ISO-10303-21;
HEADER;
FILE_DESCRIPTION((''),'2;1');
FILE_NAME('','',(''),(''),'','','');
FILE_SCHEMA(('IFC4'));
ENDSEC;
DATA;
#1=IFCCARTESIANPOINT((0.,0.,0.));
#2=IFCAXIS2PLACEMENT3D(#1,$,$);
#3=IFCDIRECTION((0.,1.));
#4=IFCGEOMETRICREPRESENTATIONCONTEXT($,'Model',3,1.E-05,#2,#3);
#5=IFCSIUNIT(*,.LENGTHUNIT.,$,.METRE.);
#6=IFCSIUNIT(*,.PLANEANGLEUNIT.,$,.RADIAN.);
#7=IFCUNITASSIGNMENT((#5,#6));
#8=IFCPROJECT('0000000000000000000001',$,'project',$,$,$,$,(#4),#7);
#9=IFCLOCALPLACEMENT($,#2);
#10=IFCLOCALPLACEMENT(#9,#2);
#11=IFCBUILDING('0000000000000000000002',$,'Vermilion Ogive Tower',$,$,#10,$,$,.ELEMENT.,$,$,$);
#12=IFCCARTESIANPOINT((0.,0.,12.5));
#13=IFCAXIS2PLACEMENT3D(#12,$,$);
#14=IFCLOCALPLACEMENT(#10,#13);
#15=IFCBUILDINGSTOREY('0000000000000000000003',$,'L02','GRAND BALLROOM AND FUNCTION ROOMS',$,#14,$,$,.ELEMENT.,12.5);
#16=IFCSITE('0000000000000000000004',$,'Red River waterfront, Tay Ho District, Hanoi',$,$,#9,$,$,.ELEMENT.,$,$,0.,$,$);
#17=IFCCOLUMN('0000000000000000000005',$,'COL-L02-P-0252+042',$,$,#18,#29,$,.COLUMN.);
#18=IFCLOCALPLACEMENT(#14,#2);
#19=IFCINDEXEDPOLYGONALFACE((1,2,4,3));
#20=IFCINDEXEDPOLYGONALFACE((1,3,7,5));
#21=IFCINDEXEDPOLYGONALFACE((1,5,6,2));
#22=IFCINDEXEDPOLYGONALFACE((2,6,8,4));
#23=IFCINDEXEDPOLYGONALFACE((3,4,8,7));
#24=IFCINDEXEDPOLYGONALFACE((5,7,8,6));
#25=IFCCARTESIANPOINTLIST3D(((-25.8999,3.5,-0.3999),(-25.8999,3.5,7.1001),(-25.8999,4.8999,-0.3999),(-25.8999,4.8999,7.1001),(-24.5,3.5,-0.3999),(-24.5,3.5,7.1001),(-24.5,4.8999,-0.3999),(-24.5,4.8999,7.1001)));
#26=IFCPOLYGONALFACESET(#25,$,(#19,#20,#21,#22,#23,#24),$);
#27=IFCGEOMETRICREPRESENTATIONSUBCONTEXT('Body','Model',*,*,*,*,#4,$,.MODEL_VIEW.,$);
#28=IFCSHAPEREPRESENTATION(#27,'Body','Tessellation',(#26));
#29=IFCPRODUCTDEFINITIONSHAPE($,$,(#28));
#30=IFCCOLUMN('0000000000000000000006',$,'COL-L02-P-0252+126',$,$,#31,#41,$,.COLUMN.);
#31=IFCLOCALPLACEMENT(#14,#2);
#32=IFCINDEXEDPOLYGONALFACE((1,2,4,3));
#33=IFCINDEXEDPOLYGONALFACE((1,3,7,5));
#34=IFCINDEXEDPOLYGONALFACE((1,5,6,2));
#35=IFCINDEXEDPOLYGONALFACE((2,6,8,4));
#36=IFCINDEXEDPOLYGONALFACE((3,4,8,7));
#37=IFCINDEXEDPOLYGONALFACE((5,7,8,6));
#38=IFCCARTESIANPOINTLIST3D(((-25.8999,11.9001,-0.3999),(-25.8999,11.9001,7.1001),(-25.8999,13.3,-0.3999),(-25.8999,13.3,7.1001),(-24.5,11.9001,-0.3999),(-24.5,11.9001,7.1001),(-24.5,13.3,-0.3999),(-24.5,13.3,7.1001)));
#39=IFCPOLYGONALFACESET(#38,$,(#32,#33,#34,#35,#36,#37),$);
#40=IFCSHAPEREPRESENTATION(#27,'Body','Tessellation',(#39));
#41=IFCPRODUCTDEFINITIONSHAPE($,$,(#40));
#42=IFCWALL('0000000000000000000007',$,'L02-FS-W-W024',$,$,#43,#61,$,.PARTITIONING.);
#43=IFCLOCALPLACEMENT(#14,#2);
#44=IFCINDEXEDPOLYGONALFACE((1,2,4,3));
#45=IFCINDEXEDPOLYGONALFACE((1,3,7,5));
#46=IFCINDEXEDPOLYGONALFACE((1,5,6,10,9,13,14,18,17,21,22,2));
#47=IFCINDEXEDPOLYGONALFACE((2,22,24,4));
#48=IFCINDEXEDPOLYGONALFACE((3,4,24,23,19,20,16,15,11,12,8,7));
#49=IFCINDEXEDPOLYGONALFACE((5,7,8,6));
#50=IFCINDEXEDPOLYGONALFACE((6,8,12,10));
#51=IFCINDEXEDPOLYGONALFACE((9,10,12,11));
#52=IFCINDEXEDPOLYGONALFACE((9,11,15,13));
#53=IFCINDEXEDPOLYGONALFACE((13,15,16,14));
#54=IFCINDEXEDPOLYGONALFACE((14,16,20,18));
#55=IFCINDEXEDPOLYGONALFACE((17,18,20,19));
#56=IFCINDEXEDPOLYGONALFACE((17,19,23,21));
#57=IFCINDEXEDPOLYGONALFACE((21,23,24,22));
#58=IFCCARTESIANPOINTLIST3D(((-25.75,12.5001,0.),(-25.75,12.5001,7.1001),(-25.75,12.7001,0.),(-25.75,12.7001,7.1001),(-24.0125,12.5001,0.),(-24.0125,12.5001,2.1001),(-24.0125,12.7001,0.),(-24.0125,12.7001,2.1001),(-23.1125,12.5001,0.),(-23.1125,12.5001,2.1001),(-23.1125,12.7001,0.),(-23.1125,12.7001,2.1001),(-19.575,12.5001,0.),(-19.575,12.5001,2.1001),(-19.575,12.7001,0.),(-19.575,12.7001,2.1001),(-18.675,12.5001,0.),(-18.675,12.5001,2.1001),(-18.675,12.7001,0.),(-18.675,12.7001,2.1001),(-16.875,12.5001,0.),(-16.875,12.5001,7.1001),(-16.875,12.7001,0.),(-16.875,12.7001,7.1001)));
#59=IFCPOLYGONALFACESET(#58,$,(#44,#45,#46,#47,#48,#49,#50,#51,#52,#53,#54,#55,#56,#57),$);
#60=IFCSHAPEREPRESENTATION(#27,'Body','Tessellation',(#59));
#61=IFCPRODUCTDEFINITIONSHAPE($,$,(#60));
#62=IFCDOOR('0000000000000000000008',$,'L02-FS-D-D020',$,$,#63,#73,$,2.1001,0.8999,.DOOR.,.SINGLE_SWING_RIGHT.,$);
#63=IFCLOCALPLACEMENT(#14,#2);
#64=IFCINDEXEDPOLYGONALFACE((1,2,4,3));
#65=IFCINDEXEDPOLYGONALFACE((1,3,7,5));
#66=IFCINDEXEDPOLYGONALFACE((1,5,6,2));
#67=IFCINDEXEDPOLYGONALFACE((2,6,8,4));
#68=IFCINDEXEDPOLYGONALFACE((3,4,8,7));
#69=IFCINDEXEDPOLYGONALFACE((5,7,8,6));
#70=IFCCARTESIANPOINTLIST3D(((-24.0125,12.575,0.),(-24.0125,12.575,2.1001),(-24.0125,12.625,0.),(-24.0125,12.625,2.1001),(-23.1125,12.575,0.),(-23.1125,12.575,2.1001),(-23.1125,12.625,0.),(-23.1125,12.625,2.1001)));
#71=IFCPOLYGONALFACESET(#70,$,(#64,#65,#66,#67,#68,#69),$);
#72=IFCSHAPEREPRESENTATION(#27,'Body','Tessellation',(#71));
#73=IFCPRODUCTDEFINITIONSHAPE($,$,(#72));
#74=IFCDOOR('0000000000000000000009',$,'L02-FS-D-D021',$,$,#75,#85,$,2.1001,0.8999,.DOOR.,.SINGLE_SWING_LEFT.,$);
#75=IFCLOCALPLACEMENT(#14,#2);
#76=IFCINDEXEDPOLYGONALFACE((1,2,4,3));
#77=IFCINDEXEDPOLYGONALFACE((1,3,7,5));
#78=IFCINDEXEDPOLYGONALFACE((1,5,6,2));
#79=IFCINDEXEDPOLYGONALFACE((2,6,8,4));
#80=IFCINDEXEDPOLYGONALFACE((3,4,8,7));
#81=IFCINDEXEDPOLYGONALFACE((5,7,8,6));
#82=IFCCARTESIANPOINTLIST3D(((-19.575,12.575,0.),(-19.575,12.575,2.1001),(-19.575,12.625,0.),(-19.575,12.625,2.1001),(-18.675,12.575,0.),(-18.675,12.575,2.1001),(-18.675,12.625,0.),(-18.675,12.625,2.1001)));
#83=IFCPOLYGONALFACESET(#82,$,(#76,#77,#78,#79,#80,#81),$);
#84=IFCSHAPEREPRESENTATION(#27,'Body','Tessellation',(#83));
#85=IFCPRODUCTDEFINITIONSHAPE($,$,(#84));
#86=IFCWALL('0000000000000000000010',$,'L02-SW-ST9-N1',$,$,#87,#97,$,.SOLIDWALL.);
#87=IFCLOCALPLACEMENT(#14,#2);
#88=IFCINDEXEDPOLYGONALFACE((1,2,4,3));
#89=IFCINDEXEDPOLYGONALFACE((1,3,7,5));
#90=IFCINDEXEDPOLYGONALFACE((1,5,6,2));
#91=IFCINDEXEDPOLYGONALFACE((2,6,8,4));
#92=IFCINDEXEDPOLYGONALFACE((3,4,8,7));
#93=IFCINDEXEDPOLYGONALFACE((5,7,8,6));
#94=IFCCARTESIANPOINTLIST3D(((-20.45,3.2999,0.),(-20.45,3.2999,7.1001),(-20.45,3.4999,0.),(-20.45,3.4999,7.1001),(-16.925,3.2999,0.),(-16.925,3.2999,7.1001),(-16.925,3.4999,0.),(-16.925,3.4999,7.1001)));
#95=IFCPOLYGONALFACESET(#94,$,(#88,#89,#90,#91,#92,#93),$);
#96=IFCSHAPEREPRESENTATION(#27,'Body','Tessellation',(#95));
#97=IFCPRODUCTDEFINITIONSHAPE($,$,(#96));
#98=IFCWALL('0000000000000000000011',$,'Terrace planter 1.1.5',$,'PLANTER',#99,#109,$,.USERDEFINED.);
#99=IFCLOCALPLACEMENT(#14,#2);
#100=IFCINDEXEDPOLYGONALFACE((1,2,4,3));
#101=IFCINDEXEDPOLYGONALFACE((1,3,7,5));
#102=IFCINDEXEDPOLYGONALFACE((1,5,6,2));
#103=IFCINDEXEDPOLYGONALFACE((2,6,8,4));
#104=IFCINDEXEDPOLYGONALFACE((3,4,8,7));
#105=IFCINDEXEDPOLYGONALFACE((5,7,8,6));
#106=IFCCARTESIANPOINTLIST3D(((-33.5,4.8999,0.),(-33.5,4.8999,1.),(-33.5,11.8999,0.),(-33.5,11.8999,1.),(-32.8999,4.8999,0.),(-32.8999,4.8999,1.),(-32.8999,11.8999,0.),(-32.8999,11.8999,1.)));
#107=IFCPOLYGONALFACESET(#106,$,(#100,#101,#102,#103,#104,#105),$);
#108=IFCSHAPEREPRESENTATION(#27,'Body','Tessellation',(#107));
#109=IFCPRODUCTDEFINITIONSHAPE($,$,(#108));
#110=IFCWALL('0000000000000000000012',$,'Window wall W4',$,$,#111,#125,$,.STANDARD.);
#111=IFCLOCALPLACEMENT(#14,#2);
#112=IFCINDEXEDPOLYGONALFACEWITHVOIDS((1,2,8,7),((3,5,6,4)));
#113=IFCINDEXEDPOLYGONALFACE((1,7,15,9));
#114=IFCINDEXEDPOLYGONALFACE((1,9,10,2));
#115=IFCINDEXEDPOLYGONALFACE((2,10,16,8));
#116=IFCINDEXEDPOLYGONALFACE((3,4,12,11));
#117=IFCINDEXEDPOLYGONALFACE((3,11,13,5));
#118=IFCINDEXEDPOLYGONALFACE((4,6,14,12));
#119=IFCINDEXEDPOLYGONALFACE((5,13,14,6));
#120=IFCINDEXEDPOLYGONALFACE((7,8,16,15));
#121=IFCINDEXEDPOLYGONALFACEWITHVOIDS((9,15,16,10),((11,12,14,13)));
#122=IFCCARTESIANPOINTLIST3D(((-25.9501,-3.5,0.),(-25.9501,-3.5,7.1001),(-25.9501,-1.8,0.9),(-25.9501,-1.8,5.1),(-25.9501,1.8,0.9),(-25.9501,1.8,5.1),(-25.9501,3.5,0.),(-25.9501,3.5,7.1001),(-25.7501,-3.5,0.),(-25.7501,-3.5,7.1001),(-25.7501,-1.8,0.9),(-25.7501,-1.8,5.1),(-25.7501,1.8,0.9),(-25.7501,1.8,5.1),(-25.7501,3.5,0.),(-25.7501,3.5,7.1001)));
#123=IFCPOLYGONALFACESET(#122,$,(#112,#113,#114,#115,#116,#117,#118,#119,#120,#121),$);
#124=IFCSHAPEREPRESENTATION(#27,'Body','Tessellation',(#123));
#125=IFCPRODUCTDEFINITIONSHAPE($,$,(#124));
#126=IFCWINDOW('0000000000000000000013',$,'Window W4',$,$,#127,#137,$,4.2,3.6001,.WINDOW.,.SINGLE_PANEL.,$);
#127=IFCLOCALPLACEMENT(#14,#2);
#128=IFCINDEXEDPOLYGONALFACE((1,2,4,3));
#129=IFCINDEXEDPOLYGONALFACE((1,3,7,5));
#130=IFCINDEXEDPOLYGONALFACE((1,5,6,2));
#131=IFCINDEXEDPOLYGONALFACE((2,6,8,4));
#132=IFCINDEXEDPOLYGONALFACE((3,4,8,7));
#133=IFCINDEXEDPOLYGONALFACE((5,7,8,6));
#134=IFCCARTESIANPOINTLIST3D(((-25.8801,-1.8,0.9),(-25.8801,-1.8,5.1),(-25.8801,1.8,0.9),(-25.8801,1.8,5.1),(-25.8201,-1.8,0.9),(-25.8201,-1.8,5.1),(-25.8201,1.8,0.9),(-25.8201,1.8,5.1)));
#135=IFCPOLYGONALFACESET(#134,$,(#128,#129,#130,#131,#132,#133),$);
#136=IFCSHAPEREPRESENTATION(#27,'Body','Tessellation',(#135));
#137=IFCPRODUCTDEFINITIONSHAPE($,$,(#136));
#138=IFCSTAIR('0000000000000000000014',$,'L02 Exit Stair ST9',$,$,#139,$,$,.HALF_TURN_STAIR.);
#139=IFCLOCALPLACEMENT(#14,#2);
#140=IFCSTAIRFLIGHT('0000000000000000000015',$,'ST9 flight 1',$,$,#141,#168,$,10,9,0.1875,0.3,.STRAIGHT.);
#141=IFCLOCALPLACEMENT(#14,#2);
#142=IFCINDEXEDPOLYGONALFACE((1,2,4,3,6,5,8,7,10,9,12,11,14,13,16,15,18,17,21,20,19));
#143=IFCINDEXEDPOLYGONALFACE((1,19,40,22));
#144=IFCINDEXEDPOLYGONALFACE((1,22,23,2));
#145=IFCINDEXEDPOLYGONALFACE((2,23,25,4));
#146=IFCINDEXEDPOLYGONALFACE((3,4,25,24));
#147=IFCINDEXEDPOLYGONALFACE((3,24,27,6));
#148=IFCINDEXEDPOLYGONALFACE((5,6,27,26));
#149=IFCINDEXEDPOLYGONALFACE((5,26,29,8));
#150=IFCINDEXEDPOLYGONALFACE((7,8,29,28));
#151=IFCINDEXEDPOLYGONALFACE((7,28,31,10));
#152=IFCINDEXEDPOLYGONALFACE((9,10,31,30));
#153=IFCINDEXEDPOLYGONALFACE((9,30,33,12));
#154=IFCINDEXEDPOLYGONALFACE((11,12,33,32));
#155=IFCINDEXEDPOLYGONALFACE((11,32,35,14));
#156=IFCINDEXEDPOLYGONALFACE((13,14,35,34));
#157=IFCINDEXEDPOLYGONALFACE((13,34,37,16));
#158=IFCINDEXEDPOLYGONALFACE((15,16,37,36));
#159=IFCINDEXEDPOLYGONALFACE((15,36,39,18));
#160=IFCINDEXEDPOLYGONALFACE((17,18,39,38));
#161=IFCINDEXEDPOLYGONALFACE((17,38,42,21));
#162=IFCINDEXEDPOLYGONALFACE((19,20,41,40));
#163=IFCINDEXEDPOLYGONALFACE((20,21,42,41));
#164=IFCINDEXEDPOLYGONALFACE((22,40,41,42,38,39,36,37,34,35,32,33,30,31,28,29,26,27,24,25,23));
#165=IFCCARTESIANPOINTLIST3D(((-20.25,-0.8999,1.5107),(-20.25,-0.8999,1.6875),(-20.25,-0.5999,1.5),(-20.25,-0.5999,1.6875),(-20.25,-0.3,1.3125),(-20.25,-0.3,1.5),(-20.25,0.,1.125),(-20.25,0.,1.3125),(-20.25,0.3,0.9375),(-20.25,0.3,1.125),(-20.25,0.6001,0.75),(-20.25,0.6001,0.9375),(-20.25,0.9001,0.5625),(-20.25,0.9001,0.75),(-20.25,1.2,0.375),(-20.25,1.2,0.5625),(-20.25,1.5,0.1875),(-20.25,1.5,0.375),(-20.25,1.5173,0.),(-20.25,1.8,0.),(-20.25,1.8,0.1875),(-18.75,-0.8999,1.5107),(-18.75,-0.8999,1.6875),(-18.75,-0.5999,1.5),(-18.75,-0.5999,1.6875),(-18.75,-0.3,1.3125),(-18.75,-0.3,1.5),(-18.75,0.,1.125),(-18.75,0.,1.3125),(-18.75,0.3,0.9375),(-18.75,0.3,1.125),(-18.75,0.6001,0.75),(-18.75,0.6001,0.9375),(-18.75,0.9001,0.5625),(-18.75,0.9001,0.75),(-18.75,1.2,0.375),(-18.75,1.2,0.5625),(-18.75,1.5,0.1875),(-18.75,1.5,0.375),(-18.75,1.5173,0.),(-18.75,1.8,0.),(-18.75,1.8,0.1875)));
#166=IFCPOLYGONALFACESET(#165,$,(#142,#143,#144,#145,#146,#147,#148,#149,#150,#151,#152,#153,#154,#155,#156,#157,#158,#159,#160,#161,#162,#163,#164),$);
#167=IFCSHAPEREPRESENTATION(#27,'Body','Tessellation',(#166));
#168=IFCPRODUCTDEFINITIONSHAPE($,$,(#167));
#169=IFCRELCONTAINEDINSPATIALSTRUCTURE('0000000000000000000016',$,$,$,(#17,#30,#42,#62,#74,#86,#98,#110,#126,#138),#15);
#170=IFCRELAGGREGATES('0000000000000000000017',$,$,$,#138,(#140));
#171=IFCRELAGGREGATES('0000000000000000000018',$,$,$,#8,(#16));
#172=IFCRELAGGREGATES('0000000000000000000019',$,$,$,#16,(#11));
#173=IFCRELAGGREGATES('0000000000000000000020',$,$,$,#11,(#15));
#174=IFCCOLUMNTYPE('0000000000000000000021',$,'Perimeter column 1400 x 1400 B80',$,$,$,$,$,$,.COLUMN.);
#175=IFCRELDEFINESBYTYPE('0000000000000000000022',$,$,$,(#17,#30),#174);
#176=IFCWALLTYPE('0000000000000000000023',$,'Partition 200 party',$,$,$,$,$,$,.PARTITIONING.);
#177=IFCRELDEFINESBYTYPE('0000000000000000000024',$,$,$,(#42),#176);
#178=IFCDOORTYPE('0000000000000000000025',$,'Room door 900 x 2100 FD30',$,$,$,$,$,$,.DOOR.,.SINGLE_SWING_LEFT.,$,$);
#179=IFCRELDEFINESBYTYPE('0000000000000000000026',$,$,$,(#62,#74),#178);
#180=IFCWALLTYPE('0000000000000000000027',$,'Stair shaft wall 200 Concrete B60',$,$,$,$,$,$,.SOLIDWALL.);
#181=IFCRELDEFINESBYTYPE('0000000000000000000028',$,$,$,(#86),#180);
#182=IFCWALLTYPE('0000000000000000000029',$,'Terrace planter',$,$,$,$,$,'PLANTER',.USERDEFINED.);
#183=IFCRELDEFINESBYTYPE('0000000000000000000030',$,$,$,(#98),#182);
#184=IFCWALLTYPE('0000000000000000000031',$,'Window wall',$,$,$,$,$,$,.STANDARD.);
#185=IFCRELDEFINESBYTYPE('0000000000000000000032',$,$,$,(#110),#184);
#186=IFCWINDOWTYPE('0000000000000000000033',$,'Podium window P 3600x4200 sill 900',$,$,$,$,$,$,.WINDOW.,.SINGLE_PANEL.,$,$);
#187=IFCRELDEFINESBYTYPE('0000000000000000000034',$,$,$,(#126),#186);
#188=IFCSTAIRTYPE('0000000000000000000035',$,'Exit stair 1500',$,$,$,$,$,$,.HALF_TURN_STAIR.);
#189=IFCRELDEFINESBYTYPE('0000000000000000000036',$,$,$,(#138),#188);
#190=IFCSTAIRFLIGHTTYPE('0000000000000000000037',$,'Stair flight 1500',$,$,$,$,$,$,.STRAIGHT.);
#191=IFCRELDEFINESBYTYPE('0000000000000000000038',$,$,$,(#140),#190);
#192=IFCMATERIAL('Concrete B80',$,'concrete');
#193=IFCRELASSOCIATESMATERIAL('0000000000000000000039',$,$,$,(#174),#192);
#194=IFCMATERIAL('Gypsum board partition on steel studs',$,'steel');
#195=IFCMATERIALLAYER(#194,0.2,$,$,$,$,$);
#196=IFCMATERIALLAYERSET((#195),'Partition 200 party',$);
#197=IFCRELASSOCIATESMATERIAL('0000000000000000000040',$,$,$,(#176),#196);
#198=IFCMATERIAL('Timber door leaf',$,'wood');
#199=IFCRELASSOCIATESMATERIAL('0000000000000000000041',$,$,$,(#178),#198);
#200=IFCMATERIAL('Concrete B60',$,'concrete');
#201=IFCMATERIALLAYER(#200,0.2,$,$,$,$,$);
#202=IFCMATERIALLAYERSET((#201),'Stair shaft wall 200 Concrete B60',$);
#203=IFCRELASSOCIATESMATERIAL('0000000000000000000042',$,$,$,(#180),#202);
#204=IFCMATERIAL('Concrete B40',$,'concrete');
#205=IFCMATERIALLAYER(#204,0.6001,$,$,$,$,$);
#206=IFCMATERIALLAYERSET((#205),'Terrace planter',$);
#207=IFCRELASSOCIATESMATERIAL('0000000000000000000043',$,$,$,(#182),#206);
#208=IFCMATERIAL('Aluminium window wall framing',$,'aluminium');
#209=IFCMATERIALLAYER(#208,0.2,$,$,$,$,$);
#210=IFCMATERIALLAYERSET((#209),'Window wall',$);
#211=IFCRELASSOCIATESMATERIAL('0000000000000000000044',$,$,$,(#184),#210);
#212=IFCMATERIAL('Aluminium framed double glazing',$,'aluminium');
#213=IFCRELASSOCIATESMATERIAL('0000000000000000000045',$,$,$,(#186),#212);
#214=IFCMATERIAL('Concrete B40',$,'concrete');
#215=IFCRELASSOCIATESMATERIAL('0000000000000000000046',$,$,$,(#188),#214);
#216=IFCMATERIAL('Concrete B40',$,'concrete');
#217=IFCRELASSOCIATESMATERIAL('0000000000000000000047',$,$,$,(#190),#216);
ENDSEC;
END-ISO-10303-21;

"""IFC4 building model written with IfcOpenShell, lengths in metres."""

from ifc_helpers import new_model, si_unit, direction, frame, frame_2d, origin, origin_2d, place, context, subcontext, project, spatial, polyline, rectangle, outline, extrude, material, layer, layer_set, material_profile, profile_set, type_object, element, fill, aggregate, save


model = new_model("IFC4")

# Units and contexts
model_context = context("Model", 3, precision=1e-05, world=origin(), true_north=direction((0.0, 1.0)))
body_context = subcontext(model_context, "Body", "Model", "MODEL_VIEW")
ifc_project = project(units=[si_unit("LENGTHUNIT", "METRE"), si_unit("PLANEANGLEUNIT", "RADIAN")], contexts=[model_context])

# Site, building, storey
site_placement = place(None, origin())
site = spatial("IfcSite", under=ifc_project, at=site_placement, Name="Red River waterfront, Tay Ho District, Hanoi", CompositionType="ELEMENT", RefElevation=0.0)
building_placement = place(site_placement, origin())
building = spatial("IfcBuilding", under=site, at=building_placement, Name="Vermilion Ogive Tower", CompositionType="ELEMENT")
storey_placement = place(building_placement, frame((0.0, 0.0, 12.5)))
storey = spatial("IfcBuildingStorey", under=building, at=storey_placement, Name="L02", Description="GRAND BALLROOM AND FUNCTION ROOMS", CompositionType="ELEMENT", Elevation=12.5)

# Columns
ifc_material_1 = material(Name="Concrete B80", Category="concrete")
ifc_material_profile = material_profile(ifc_material_1, rectangle(XDim=1.3999, YDim=1.3999, at=origin_2d()), Name="1400 x 1400")
ifc_profile_set = profile_set([ifc_material_profile], Name="Concrete B80")
column_type = type_object("IfcColumnType", Name="Perimeter column 1400 x 1400 B80", PredefinedType="COLUMN", material=ifc_profile_set)
for number, where, z_axis, x_axis, name in (
    (1, (-25.2, 4.2, -0.3999), (0.0, 0.0, 1.0), (1.0, 0.0, 0.0), "COL-L02-P-0252+042"),
    (2, (-25.2, 12.6001, -0.3999), (0.0, 0.0, 1.0), (1.0, 0.0, 0.0), "COL-L02-P-0252+126"),
):
    element("IfcColumn", number, at=place(storey_placement, frame(where, z_axis=z_axis, x_axis=x_axis)), inside=storey, type_object=column_type, Name=name, PredefinedType="COLUMN", context=body_context, shape_type="SweptSolid", body=[
        extrude(rectangle(XDim=1.3999, YDim=1.3999, at=origin_2d()), origin(), (0.0, 0.0, 1.0), 7.5),
    ])

# Wall, openings, doors
ifc_material_2 = material(Name="Gypsum board partition on steel studs", Category="steel")
ifc_layer_1 = layer(ifc_material_2, 0.2)
ifc_layer_set_1 = layer_set([ifc_layer_1], Name="Partition 200 party")
wall_type_1 = type_object("IfcWallType", Name="Partition 200 party", PredefinedType="PARTITIONING", material=ifc_layer_set_1)
wall_1_placement = place(storey_placement, frame((-25.75, 12.6001, 0.0), z_axis=(0.0, 0.0, 1.0), x_axis=(1.0, 0.0, 0.0)))
wall_1 = element("IfcWall", 3, at=wall_1_placement, inside=storey, type_object=wall_type_1, Name="L02-FS-W-W024", PredefinedType="PARTITIONING", context=body_context, shape_type="SweptSolid", body=[
    extrude(rectangle(XDim=8.875, YDim=0.2, at=frame_2d((4.4375, 0.0))), origin(), (0.0, 0.0, 1.0), 7.1001),
])
opening_1_placement = place(wall_1_placement, frame((1.7375, 0.0, 0.0)))
opening_1 = element("IfcOpeningElement", 4, at=opening_1_placement, cuts=wall_1, PredefinedType="OPENING", context=body_context, shape_type="SweptSolid", body=[
    extrude(rectangle(XDim=0.8999, YDim=2.1001, at=frame_2d((0.45, 1.05))), frame((0.0, 0.1099, 0.0), z_axis=(0.0, -1.0, 0.0), x_axis=(1.0, 0.0, 0.0)), (0.0, 0.0, 1.0), 0.22),
])
opening_2_placement = place(wall_1_placement, frame((6.175, 0.0, 0.0)))
opening_2 = element("IfcOpeningElement", 5, at=opening_2_placement, cuts=wall_1, PredefinedType="OPENING", context=body_context, shape_type="SweptSolid", body=[
    extrude(rectangle(XDim=0.8999, YDim=2.1001, at=frame_2d((0.45, 1.05))), frame((0.0, 0.1099, 0.0), z_axis=(0.0, -1.0, 0.0), x_axis=(1.0, 0.0, 0.0)), (0.0, 0.0, 1.0), 0.22),
])
ifc_material_3 = material(Name="Timber door leaf", Category="wood")
door_type_1 = type_object("IfcDoorType", Name="Room door 900 x 2100 FD30", OperationType="SINGLE_SWING_LEFT", PredefinedType="DOOR", material=ifc_material_3)
door_1_placement = place(opening_1_placement, origin())
door_1 = element("IfcDoor", 6, at=door_1_placement, inside=storey, type_object=door_type_1, Name="L02-FS-D-D020", OperationType="SINGLE_SWING_RIGHT", OverallHeight=2.1001, OverallWidth=0.8999, PredefinedType="DOOR", context=body_context, shape_type="SweptSolid", body=[
    extrude(rectangle(XDim=0.8999, YDim=2.1001, at=frame_2d((0.45, 1.05))), frame((0.0, 0.0249, 0.0), z_axis=(0.0, -1.0, 0.0), x_axis=(1.0, 0.0, 0.0)), (0.0, 0.0, 1.0), 0.05),
])
fill(opening_1, door_1)
door_2_placement = place(opening_2_placement, origin())
door_2 = element("IfcDoor", 7, at=door_2_placement, inside=storey, type_object=door_type_1, Name="L02-FS-D-D021", OperationType="SINGLE_SWING_LEFT", OverallHeight=2.1001, OverallWidth=0.8999, PredefinedType="DOOR", context=body_context, shape_type="SweptSolid", body=[
    extrude(rectangle(XDim=0.8999, YDim=2.1001, at=frame_2d((0.45, 1.05))), frame((0.0, 0.0249, 0.0), z_axis=(0.0, -1.0, 0.0), x_axis=(1.0, 0.0, 0.0)), (0.0, 0.0, 1.0), 0.05),
])
fill(opening_2, door_2)

# Walls
ifc_material_4 = material(Name="Concrete B60", Category="concrete")
ifc_layer_2 = layer(ifc_material_4, 0.2)
ifc_layer_set_2 = layer_set([ifc_layer_2], Name="Stair shaft wall 200 Concrete B60")
wall_type_2 = type_object("IfcWallType", Name="Stair shaft wall 200 Concrete B60", PredefinedType="SOLIDWALL", material=ifc_layer_set_2)
wall_2_placement = place(storey_placement, frame((-20.45, 3.3999, 0.0), z_axis=(0.0, 0.0, 1.0), x_axis=(1.0, 0.0, 0.0)))
element("IfcWall", 8, at=wall_2_placement, inside=storey, type_object=wall_type_2, Name="L02-SW-ST9-N1", PredefinedType="SOLIDWALL", context=body_context, shape_type="SweptSolid", body=[
    extrude(rectangle(XDim=3.5249, YDim=0.2, at=frame_2d((1.7625, 0.0))), origin(), (0.0, 0.0, 1.0), 7.1001),
])
ifc_material_5 = material(Name="Concrete B40", Category="concrete")
ifc_layer_3 = layer(ifc_material_5, 0.6001)
ifc_layer_set_3 = layer_set([ifc_layer_3], Name="Terrace planter")
wall_type_3 = type_object("IfcWallType", Name="Terrace planter", ElementType="PLANTER", PredefinedType="USERDEFINED", material=ifc_layer_set_3)
wall_3_placement = place(storey_placement, frame((-33.2, 4.8999, 0.0), z_axis=(0.0, 0.0, 1.0), x_axis=(0.0, 1.0, 0.0)))
element("IfcWall", 9, at=wall_3_placement, inside=storey, type_object=wall_type_3, Name="Terrace planter 1.1.5", ObjectType="PLANTER", PredefinedType="USERDEFINED", context=body_context, shape_type="SweptSolid", body=[
    extrude(rectangle(XDim=7.0, YDim=0.6001, at=frame_2d((3.5, 0.0))), origin(), (0.0, 0.0, 1.0), 1.0),
])

# Shared definitions
ifc_material_6 = material(Name="Aluminium window wall framing", Category="aluminium")
ifc_layer_4 = layer(ifc_material_6, 0.2)
ifc_layer_set_4 = layer_set([ifc_layer_4], Name="Window wall")
wall_type_4 = type_object("IfcWallType", Name="Window wall", PredefinedType="STANDARD", material=ifc_layer_set_4)

# Wall, opening, window
wall_4_placement = place(storey_placement, frame((-25.8501, 3.5, 0.0), z_axis=(0.0, 0.0, 1.0), x_axis=(0.0, -1.0, 0.0)))
wall_4 = element("IfcWall", 10, at=wall_4_placement, inside=storey, type_object=wall_type_4, Name="Window wall W4", PredefinedType="STANDARD", context=body_context, shape_type="SweptSolid", body=[
    extrude(rectangle(XDim=7.0, YDim=0.2, at=frame_2d((3.5, 0.0))), origin(), (0.0, 0.0, 1.0), 7.1001),
])
opening_3_placement = place(wall_4_placement, frame((1.7, 0.0, 0.8999)))
opening_3 = element("IfcOpeningElement", 11, at=opening_3_placement, cuts=wall_4, PredefinedType="OPENING", context=body_context, shape_type="SweptSolid", body=[
    extrude(rectangle(XDim=3.6001, YDim=4.2, at=frame_2d((1.8, 2.1001))), frame((0.0, 0.1099, 0.0), z_axis=(0.0, -1.0, 0.0), x_axis=(1.0, 0.0, 0.0)), (0.0, 0.0, 1.0), 0.22),
])
ifc_material_7 = material(Name="Aluminium framed double glazing", Category="aluminium")
window_type_1 = type_object("IfcWindowType", Name="Podium window P 3600x4200 sill 900", PartitioningType="SINGLE_PANEL", PredefinedType="WINDOW", material=ifc_material_7)
window_1_placement = place(opening_3_placement, origin())
window_1 = element("IfcWindow", 12, at=window_1_placement, inside=storey, type_object=window_type_1, Name="Window W4", OverallHeight=4.2, OverallWidth=3.6001, PartitioningType="SINGLE_PANEL", PredefinedType="WINDOW", context=body_context, shape_type="SweptSolid", body=[
    extrude(rectangle(XDim=3.6001, YDim=4.2, at=frame_2d((1.8, 2.1001))), frame((0.0, 0.03, 0.0), z_axis=(0.0, -1.0, 0.0), x_axis=(1.0, 0.0, 0.0)), (0.0, 0.0, 1.0), 0.0601),
])
fill(opening_3, window_1)

# Stair, stair flight
ifc_material_8 = material(Name="Concrete B40", Category="concrete")
stair_type = type_object("IfcStairType", Name="Exit stair 1500", PredefinedType="HALF_TURN_STAIR", material=ifc_material_8)
stair_placement = place(storey_placement, origin())
stair = element("IfcStair", 13, at=stair_placement, inside=storey, type_object=stair_type, Name="L02 Exit Stair ST9", PredefinedType="HALF_TURN_STAIR")
ifc_material_9 = material(Name="Concrete B40", Category="concrete")
stair_flight_type = type_object("IfcStairFlightType", Name="Stair flight 1500", PredefinedType="STRAIGHT", material=ifc_material_9)
stair_flight_1_placement = place(storey_placement, frame((-19.5, 1.8, 0.0), z_axis=(0.0, 0.0, 1.0), x_axis=(0.0, -1.0, 0.0)))
stair_flight_1 = element("IfcStairFlight", 14, at=stair_flight_1_placement, type_object=stair_flight_type, Name="ST9 flight 1", NumberOfRisers=10, NumberOfTreads=9, PredefinedType="STRAIGHT", RiserHeight=0.1875, TreadLength=0.3, context=body_context, shape_type="SweptSolid", body=[
    extrude(outline(polyline([(0.0, 0.0), (0.0, 0.1875), (0.3, 0.1875), (0.3, 0.375), (0.6001, 0.375), (0.6001, 0.5625), (0.8999, 0.5625), (0.8999, 0.75), (1.2, 0.75), (1.2, 0.9375), (1.5, 0.9375), (1.5, 1.125), (1.8, 1.125), (1.8, 1.3125), (2.1001, 1.3125), (2.1001, 1.5), (2.3999, 1.5), (2.3999, 1.6875), (2.7, 1.6875), (2.7, 1.875), (2.7, 1.5107), (0.2827, 0.0), (0.0, 0.0)])), frame((0.0, 0.75, 0.0), z_axis=(0.0, -1.0, 0.0), x_axis=(1.0, 0.0, 0.0)), (0.0, 0.0, 1.0), 1.5),
])
aggregate(stair, [stair_flight_1])

save(model, "model.ifc")
